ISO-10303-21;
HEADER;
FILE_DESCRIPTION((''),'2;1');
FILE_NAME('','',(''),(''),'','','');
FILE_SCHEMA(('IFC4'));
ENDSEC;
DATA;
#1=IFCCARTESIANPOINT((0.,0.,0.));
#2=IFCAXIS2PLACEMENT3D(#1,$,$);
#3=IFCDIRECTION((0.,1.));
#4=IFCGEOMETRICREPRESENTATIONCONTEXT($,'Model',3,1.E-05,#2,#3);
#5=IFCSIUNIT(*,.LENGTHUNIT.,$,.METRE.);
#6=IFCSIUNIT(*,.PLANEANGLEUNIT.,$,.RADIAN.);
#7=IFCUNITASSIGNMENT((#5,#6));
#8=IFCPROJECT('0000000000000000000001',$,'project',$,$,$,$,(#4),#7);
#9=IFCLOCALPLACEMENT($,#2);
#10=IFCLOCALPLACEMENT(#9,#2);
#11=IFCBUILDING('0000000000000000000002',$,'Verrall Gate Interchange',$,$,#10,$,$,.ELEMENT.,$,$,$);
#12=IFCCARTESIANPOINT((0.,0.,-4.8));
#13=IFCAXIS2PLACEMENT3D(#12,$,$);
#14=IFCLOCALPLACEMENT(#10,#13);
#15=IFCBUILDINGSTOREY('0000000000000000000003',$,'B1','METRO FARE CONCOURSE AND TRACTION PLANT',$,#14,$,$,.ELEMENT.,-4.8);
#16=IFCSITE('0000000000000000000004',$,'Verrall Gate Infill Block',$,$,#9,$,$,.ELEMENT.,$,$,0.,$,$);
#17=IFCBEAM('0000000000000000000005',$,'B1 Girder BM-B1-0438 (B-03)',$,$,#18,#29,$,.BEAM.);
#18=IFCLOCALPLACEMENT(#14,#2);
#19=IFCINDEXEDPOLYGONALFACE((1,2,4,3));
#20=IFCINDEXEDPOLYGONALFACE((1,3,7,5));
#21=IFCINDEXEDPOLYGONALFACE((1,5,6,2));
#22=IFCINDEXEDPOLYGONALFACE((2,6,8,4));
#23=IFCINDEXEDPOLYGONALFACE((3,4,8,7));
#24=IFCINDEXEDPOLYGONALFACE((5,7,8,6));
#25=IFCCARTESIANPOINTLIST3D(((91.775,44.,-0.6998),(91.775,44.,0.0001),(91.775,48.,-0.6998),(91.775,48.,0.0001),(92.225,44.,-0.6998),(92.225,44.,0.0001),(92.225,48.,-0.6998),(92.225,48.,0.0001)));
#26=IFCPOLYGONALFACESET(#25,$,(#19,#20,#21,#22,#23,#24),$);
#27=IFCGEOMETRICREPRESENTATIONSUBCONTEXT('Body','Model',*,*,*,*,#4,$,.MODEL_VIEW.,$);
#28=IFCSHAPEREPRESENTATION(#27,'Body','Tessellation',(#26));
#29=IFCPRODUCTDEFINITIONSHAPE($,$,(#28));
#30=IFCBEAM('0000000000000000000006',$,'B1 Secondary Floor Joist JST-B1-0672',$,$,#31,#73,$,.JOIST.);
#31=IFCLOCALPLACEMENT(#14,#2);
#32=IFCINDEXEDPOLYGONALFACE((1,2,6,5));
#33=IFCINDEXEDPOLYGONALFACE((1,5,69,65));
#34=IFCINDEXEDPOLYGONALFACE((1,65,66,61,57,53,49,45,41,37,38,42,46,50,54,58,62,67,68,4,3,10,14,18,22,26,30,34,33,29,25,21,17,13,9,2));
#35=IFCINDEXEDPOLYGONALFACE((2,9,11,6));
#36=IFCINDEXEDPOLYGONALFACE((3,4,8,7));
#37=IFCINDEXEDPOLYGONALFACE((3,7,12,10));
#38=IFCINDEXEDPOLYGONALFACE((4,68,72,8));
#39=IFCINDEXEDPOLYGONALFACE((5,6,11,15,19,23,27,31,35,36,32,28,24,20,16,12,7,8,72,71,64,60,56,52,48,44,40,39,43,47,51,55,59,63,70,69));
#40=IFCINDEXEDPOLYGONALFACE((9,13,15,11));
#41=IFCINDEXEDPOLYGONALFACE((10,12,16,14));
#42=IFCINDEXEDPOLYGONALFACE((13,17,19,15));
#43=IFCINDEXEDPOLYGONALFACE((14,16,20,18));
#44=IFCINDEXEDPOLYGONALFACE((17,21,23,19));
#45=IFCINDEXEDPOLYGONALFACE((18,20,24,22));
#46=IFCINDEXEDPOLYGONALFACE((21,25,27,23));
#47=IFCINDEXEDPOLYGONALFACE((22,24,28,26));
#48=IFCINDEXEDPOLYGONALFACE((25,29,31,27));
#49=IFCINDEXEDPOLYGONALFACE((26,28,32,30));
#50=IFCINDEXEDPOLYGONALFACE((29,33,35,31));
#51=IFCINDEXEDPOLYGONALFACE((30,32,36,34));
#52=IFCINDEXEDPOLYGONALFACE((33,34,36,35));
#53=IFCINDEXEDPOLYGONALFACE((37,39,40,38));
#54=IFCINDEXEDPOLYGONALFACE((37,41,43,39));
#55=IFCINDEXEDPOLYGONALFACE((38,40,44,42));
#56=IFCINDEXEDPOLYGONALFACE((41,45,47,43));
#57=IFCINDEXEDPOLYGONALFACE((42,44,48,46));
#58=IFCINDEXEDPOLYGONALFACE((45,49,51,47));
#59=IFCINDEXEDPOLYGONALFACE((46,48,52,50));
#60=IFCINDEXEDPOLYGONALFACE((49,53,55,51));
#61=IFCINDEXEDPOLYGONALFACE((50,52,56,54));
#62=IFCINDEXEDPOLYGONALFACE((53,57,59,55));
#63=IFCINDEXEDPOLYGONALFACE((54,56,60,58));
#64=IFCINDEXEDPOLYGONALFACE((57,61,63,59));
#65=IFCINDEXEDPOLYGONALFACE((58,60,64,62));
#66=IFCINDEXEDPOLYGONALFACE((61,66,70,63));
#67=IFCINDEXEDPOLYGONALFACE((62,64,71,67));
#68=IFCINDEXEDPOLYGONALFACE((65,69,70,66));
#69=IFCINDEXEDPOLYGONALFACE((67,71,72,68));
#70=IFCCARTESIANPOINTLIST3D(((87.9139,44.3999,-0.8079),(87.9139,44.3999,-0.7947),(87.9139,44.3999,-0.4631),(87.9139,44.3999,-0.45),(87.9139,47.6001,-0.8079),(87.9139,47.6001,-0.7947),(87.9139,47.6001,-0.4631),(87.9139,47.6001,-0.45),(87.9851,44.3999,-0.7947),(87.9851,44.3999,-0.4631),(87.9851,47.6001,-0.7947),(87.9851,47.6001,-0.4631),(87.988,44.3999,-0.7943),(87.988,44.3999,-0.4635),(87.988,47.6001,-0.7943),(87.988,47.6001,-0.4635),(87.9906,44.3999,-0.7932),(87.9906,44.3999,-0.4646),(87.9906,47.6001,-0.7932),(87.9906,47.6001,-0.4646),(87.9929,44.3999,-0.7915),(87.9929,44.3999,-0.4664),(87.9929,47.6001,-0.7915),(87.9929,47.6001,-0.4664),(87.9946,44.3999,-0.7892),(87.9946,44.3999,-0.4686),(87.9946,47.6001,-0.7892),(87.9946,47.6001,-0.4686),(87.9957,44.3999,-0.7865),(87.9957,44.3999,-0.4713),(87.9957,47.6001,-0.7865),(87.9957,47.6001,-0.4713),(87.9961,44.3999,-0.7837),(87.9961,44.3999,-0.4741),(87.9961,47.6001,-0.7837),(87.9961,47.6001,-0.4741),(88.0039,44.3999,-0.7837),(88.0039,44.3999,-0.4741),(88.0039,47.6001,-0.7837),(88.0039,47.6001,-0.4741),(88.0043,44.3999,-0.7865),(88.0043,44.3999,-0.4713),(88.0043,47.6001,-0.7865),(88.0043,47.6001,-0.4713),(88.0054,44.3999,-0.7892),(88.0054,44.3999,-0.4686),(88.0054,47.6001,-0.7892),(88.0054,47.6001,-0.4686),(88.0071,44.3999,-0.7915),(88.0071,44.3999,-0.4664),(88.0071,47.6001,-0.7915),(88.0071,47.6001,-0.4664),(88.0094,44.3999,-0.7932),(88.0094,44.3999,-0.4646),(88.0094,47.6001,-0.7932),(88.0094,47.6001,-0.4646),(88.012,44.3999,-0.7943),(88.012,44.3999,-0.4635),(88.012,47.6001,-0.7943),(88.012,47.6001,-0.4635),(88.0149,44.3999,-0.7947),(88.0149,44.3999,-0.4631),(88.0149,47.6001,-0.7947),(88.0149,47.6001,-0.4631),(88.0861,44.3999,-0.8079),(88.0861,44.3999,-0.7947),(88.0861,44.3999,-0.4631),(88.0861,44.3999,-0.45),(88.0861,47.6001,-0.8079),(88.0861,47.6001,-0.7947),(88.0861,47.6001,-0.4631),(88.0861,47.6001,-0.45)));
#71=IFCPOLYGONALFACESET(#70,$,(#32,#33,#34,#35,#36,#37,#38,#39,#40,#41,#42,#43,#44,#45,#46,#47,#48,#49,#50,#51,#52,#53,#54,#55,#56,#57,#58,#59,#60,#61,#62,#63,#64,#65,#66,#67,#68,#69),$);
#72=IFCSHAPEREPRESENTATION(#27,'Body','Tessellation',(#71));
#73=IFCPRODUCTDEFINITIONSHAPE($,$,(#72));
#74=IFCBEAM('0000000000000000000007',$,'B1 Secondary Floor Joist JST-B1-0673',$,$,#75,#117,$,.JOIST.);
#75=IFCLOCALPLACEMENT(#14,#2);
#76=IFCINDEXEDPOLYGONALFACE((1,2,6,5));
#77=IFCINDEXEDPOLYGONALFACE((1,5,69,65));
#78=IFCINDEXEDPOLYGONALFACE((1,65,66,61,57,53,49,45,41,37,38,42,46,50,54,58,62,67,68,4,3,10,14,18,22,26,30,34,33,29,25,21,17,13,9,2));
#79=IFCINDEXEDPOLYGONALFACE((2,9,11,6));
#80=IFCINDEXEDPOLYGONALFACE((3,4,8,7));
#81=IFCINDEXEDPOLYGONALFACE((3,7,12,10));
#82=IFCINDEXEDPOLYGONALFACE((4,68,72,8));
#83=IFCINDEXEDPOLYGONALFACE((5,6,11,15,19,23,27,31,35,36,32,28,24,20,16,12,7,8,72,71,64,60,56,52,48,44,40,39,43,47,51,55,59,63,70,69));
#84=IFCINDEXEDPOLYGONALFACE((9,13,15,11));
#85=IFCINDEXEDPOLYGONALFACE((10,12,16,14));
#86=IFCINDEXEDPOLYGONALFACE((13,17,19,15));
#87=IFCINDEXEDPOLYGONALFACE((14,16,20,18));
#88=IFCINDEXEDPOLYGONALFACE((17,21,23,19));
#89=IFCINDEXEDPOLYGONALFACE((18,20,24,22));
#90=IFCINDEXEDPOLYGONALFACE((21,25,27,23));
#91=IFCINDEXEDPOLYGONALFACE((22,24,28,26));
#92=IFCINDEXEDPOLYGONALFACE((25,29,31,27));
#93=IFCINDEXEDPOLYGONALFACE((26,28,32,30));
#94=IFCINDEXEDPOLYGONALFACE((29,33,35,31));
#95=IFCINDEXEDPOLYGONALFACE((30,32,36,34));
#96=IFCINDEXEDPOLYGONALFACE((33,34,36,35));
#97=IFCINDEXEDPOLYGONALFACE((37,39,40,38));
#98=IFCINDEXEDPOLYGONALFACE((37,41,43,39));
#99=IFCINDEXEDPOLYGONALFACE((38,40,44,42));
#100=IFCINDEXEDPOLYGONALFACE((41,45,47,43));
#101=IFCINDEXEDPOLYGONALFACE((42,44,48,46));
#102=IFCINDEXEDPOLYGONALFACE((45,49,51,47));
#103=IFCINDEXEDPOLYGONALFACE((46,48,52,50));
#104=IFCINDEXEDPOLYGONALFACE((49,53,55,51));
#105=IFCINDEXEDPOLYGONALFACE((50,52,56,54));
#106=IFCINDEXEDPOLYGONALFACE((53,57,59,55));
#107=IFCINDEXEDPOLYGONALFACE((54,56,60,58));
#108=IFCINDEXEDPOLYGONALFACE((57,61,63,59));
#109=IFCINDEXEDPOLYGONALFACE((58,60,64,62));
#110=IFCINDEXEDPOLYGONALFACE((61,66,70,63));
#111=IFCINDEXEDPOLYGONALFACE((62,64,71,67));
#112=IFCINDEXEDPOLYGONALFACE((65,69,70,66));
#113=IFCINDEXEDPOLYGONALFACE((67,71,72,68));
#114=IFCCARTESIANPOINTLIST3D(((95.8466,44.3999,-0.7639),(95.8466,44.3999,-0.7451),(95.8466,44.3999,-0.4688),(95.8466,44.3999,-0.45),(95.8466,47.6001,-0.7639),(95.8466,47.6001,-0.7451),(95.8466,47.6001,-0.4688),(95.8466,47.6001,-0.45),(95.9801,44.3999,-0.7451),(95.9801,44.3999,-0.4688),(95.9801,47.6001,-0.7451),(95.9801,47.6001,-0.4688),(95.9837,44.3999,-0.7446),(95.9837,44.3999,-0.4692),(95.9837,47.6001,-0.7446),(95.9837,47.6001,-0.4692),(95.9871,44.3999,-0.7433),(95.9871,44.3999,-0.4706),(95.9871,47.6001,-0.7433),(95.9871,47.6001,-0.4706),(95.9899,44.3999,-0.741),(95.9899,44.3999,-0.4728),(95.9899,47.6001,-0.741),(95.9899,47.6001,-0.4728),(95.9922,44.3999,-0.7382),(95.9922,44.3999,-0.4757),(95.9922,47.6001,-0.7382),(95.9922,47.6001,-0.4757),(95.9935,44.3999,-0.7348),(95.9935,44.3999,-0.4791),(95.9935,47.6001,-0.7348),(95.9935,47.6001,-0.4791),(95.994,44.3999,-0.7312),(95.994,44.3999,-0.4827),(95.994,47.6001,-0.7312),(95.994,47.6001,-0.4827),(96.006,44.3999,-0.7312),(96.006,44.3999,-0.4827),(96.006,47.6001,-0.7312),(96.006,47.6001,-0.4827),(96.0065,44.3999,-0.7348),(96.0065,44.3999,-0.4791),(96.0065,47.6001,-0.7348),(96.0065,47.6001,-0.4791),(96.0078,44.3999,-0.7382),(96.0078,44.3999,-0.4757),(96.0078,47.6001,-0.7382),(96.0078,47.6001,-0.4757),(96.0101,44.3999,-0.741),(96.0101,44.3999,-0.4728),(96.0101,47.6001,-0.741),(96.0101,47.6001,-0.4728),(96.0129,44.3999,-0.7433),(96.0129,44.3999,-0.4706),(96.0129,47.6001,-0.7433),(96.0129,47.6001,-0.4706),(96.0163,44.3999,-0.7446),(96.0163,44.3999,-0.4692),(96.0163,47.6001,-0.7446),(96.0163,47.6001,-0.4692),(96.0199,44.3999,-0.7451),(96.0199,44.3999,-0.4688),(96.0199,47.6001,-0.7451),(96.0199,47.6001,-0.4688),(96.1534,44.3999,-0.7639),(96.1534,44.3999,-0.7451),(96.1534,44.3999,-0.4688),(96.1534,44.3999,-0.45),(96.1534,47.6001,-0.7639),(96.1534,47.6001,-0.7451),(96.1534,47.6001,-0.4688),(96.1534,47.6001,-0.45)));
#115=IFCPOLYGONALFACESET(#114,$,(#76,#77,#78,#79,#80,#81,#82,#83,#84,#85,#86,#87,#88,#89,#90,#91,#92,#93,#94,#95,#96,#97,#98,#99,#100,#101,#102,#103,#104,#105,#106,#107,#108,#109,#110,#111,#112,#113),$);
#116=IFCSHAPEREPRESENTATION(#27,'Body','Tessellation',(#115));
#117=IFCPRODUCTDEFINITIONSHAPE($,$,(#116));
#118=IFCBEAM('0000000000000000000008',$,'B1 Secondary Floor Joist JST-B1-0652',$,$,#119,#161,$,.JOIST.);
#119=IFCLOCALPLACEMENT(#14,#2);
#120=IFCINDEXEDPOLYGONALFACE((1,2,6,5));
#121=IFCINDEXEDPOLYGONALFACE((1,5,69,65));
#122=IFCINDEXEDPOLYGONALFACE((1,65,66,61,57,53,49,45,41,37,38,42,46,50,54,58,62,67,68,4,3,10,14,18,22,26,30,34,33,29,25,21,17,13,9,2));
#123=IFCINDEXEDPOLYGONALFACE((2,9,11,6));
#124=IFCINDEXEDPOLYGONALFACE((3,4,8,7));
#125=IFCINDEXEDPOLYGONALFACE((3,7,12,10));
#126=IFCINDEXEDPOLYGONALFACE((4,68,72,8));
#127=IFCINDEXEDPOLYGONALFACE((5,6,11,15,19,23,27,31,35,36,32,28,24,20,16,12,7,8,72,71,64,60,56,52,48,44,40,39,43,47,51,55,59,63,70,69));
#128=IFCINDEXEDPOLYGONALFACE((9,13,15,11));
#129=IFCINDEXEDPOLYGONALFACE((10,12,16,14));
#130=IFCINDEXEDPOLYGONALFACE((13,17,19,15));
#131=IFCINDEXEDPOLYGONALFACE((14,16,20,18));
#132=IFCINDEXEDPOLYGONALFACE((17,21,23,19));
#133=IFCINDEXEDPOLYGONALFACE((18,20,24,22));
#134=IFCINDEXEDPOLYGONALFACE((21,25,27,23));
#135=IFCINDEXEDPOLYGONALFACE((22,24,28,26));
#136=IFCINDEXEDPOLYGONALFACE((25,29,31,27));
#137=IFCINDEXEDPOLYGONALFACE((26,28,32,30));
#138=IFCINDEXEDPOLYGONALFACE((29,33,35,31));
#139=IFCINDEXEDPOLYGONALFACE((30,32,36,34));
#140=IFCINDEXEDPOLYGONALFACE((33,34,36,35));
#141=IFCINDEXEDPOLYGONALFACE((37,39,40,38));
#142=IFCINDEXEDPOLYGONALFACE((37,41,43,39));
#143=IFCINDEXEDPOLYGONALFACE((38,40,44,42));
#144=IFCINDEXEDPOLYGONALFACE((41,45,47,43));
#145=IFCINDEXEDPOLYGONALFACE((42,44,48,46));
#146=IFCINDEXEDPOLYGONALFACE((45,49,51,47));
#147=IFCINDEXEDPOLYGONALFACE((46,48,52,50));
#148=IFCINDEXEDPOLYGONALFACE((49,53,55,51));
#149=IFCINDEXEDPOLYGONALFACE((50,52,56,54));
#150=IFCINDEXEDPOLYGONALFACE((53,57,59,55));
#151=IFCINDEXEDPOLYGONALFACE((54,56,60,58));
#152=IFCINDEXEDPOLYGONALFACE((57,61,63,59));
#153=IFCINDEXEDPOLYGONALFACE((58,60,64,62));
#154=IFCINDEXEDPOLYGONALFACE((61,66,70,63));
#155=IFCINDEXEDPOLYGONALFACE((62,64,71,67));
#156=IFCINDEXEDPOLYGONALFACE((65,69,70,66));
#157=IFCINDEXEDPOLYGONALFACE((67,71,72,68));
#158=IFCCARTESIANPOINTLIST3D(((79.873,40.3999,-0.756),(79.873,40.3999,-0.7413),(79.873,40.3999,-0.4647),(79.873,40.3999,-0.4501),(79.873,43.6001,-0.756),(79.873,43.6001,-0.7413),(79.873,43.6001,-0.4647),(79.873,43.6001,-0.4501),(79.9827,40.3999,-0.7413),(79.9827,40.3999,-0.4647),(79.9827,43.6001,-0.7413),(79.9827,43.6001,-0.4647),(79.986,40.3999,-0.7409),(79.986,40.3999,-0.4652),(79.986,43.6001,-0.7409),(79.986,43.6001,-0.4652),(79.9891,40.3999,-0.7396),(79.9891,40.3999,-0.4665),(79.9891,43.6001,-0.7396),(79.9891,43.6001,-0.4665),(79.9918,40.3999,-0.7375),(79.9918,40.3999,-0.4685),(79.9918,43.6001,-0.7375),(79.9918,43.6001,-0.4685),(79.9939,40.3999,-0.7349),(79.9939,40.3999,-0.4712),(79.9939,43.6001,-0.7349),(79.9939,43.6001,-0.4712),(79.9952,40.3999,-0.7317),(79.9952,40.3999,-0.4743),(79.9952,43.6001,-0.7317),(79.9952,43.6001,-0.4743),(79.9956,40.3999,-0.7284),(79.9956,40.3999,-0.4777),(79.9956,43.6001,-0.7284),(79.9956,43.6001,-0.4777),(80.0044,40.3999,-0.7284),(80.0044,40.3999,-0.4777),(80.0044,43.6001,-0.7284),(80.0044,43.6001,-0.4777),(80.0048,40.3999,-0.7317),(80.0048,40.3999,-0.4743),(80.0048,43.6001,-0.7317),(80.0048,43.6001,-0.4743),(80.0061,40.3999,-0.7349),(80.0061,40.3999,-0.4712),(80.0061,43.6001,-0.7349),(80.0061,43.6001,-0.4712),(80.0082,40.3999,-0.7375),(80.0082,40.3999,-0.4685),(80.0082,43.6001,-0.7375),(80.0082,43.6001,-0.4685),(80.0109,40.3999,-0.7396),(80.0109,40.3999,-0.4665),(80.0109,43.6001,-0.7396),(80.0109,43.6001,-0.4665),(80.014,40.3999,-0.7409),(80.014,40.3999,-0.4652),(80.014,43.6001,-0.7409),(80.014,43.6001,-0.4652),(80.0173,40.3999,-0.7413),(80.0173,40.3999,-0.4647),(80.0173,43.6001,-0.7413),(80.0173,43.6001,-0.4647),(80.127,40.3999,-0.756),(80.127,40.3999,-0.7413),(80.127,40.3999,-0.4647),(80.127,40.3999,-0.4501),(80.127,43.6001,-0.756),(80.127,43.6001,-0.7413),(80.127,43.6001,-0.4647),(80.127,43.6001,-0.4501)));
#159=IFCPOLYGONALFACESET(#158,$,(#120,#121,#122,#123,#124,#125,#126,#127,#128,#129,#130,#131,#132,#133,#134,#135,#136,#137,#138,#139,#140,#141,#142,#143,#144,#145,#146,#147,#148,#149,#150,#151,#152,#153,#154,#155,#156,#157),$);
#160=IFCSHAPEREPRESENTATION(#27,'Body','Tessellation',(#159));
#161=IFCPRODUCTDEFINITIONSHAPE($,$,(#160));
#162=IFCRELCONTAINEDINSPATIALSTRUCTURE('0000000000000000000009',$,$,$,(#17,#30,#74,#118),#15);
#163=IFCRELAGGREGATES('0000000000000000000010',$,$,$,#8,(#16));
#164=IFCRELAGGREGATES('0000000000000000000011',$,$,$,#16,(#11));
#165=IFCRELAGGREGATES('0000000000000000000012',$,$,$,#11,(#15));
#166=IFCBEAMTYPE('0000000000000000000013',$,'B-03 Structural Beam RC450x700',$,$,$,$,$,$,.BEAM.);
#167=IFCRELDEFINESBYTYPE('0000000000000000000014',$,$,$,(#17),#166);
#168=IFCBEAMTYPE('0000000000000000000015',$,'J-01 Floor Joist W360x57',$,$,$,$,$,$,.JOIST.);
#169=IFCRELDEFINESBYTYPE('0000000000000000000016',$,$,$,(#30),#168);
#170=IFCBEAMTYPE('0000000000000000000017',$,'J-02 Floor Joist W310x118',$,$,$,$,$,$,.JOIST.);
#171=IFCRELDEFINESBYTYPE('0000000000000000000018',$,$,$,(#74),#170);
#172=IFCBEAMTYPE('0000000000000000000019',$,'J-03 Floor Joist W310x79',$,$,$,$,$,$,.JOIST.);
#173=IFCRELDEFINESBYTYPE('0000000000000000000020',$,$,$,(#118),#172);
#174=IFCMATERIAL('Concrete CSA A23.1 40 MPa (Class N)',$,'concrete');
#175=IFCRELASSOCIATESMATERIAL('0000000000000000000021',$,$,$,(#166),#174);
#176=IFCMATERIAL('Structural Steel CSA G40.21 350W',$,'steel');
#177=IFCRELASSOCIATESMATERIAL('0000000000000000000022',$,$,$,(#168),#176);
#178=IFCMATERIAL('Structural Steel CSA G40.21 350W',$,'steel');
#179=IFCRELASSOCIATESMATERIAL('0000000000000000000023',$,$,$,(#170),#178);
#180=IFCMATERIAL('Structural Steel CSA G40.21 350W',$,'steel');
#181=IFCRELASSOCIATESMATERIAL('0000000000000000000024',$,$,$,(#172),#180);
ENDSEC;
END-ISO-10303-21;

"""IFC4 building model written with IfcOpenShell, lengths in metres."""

from ifc_helpers import new_model, si_unit, direction, frame, origin, origin_2d, place, context, subcontext, project, spatial, rectangle, i_section, extrude, material, material_profile, profile_set, type_object, element, save


model = new_model("IFC4")

# Units and contexts
model_context = context("Model", 3, precision=1e-05, world=origin(), true_north=direction((0.0, 1.0)))
body_context = subcontext(model_context, "Body", "Model", "MODEL_VIEW")
ifc_project = project(units=[si_unit("LENGTHUNIT", "METRE"), si_unit("PLANEANGLEUNIT", "RADIAN")], contexts=[model_context])

# Site, building, storey
site_placement = place(None, origin())
site = spatial("IfcSite", under=ifc_project, at=site_placement, Name="Verrall Gate Infill Block", CompositionType="ELEMENT", RefElevation=0.0)
building_placement = place(site_placement, origin())
building = spatial("IfcBuilding", under=site, at=building_placement, Name="Verrall Gate Interchange", CompositionType="ELEMENT")
storey_placement = place(building_placement, frame((0.0, 0.0, -4.8)))
storey = spatial("IfcBuildingStorey", under=building, at=storey_placement, Name="B1", Description="METRO FARE CONCOURSE AND TRACTION PLANT", CompositionType="ELEMENT", Elevation=-4.8)

# Beams
ifc_material_1 = material(Name="Concrete CSA A23.1 40 MPa (Class N)", Category="concrete")
ifc_material_profile_1 = material_profile(ifc_material_1, rectangle(XDim=0.45, YDim=0.7, at=origin_2d()), Name="RC450x700")
ifc_profile_set_1 = profile_set([ifc_material_profile_1], Name="Concrete CSA A23.1 40 MPa (Class N)")
beam_type_1 = type_object("IfcBeamType", Name="B-03 Structural Beam RC450x700", PredefinedType="BEAM", material=ifc_profile_set_1)
for number, where, z_axis, x_axis, name in (
    (1, (92.0, 44.0, -0.3499), (0.0, 1.0, 0.0), (-1.0, 0.0, 0.0), "B1 Girder BM-B1-0438 (B-03)"),
):
    element("IfcBeam", number, at=place(storey_placement, frame(where, z_axis=z_axis, x_axis=x_axis)), inside=storey, type_object=beam_type_1, Name=name, PredefinedType="BEAM", context=body_context, shape_type="SweptSolid", body=[
        extrude(rectangle(XDim=0.45, YDim=0.7, at=origin_2d()), origin(), (0.0, 0.0, 1.0), 4.0),
    ])
ifc_material_2 = material(Name="Structural Steel CSA G40.21 350W", Category="steel")
ifc_material_profile_2 = material_profile(ifc_material_2, i_section(OverallWidth=0.1721, OverallDepth=0.3579, WebThickness=0.0078, FlangeThickness=0.0132, FilletRadius=0.011, at=origin_2d()), Name="W360x57")
ifc_profile_set_2 = profile_set([ifc_material_profile_2], Name="Structural Steel CSA G40.21 350W")
beam_type_2 = type_object("IfcBeamType", Name="J-01 Floor Joist W360x57", PredefinedType="JOIST", material=ifc_profile_set_2)
beam_1_placement = place(storey_placement, frame((88.0, 44.3999, -0.6289), z_axis=(0.0, 1.0, 0.0), x_axis=(-1.0, 0.0, 0.0)))
element("IfcBeam", 2, at=beam_1_placement, inside=storey, type_object=beam_type_2, Name="B1 Secondary Floor Joist JST-B1-0672", PredefinedType="JOIST", context=body_context, shape_type="SweptSolid", body=[
    extrude(i_section(OverallWidth=0.1721, OverallDepth=0.3579, WebThickness=0.0078, FlangeThickness=0.0132, FilletRadius=0.011, at=origin_2d()), origin(), (0.0, 0.0, 1.0), 3.2002),
])
ifc_material_3 = material(Name="Structural Steel CSA G40.21 350W", Category="steel")
ifc_material_profile_3 = material_profile(ifc_material_3, i_section(OverallWidth=0.3069, OverallDepth=0.314, WebThickness=0.012, FlangeThickness=0.0188, FilletRadius=0.0139, at=origin_2d()), Name="W310x118")
ifc_profile_set_3 = profile_set([ifc_material_profile_3], Name="Structural Steel CSA G40.21 350W")
beam_type_3 = type_object("IfcBeamType", Name="J-02 Floor Joist W310x118", PredefinedType="JOIST", material=ifc_profile_set_3)
beam_2_placement = place(storey_placement, frame((96.0, 44.3999, -0.6069), z_axis=(0.0, 1.0, 0.0), x_axis=(-1.0, 0.0, 0.0)))
element("IfcBeam", 3, at=beam_2_placement, inside=storey, type_object=beam_type_3, Name="B1 Secondary Floor Joist JST-B1-0673", PredefinedType="JOIST", context=body_context, shape_type="SweptSolid", body=[
    extrude(i_section(OverallWidth=0.3069, OverallDepth=0.314, WebThickness=0.012, FlangeThickness=0.0188, FilletRadius=0.0139, at=origin_2d()), origin(), (0.0, 0.0, 1.0), 3.2002),
])
ifc_material_4 = material(Name="Structural Steel CSA G40.21 350W", Category="steel")
ifc_material_profile_4 = material_profile(ifc_material_4, i_section(OverallWidth=0.2539, OverallDepth=0.3059, WebThickness=0.0088, FlangeThickness=0.0146, FilletRadius=0.0129, at=origin_2d()), Name="W310x79")
ifc_profile_set_4 = profile_set([ifc_material_profile_4], Name="Structural Steel CSA G40.21 350W")
beam_type_4 = type_object("IfcBeamType", Name="J-03 Floor Joist W310x79", PredefinedType="JOIST", material=ifc_profile_set_4)
beam_3_placement = place(storey_placement, frame((80.0, 40.3999, -0.603), z_axis=(0.0, 1.0, 0.0), x_axis=(-1.0, 0.0, 0.0)))
element("IfcBeam", 4, at=beam_3_placement, inside=storey, type_object=beam_type_4, Name="B1 Secondary Floor Joist JST-B1-0652", PredefinedType="JOIST", context=body_context, shape_type="SweptSolid", body=[
    extrude(i_section(OverallWidth=0.2539, OverallDepth=0.3059, WebThickness=0.0088, FlangeThickness=0.0146, FilletRadius=0.0129, at=origin_2d()), origin(), (0.0, 0.0, 1.0), 3.2002),
])

save(model, "model.ifc")
